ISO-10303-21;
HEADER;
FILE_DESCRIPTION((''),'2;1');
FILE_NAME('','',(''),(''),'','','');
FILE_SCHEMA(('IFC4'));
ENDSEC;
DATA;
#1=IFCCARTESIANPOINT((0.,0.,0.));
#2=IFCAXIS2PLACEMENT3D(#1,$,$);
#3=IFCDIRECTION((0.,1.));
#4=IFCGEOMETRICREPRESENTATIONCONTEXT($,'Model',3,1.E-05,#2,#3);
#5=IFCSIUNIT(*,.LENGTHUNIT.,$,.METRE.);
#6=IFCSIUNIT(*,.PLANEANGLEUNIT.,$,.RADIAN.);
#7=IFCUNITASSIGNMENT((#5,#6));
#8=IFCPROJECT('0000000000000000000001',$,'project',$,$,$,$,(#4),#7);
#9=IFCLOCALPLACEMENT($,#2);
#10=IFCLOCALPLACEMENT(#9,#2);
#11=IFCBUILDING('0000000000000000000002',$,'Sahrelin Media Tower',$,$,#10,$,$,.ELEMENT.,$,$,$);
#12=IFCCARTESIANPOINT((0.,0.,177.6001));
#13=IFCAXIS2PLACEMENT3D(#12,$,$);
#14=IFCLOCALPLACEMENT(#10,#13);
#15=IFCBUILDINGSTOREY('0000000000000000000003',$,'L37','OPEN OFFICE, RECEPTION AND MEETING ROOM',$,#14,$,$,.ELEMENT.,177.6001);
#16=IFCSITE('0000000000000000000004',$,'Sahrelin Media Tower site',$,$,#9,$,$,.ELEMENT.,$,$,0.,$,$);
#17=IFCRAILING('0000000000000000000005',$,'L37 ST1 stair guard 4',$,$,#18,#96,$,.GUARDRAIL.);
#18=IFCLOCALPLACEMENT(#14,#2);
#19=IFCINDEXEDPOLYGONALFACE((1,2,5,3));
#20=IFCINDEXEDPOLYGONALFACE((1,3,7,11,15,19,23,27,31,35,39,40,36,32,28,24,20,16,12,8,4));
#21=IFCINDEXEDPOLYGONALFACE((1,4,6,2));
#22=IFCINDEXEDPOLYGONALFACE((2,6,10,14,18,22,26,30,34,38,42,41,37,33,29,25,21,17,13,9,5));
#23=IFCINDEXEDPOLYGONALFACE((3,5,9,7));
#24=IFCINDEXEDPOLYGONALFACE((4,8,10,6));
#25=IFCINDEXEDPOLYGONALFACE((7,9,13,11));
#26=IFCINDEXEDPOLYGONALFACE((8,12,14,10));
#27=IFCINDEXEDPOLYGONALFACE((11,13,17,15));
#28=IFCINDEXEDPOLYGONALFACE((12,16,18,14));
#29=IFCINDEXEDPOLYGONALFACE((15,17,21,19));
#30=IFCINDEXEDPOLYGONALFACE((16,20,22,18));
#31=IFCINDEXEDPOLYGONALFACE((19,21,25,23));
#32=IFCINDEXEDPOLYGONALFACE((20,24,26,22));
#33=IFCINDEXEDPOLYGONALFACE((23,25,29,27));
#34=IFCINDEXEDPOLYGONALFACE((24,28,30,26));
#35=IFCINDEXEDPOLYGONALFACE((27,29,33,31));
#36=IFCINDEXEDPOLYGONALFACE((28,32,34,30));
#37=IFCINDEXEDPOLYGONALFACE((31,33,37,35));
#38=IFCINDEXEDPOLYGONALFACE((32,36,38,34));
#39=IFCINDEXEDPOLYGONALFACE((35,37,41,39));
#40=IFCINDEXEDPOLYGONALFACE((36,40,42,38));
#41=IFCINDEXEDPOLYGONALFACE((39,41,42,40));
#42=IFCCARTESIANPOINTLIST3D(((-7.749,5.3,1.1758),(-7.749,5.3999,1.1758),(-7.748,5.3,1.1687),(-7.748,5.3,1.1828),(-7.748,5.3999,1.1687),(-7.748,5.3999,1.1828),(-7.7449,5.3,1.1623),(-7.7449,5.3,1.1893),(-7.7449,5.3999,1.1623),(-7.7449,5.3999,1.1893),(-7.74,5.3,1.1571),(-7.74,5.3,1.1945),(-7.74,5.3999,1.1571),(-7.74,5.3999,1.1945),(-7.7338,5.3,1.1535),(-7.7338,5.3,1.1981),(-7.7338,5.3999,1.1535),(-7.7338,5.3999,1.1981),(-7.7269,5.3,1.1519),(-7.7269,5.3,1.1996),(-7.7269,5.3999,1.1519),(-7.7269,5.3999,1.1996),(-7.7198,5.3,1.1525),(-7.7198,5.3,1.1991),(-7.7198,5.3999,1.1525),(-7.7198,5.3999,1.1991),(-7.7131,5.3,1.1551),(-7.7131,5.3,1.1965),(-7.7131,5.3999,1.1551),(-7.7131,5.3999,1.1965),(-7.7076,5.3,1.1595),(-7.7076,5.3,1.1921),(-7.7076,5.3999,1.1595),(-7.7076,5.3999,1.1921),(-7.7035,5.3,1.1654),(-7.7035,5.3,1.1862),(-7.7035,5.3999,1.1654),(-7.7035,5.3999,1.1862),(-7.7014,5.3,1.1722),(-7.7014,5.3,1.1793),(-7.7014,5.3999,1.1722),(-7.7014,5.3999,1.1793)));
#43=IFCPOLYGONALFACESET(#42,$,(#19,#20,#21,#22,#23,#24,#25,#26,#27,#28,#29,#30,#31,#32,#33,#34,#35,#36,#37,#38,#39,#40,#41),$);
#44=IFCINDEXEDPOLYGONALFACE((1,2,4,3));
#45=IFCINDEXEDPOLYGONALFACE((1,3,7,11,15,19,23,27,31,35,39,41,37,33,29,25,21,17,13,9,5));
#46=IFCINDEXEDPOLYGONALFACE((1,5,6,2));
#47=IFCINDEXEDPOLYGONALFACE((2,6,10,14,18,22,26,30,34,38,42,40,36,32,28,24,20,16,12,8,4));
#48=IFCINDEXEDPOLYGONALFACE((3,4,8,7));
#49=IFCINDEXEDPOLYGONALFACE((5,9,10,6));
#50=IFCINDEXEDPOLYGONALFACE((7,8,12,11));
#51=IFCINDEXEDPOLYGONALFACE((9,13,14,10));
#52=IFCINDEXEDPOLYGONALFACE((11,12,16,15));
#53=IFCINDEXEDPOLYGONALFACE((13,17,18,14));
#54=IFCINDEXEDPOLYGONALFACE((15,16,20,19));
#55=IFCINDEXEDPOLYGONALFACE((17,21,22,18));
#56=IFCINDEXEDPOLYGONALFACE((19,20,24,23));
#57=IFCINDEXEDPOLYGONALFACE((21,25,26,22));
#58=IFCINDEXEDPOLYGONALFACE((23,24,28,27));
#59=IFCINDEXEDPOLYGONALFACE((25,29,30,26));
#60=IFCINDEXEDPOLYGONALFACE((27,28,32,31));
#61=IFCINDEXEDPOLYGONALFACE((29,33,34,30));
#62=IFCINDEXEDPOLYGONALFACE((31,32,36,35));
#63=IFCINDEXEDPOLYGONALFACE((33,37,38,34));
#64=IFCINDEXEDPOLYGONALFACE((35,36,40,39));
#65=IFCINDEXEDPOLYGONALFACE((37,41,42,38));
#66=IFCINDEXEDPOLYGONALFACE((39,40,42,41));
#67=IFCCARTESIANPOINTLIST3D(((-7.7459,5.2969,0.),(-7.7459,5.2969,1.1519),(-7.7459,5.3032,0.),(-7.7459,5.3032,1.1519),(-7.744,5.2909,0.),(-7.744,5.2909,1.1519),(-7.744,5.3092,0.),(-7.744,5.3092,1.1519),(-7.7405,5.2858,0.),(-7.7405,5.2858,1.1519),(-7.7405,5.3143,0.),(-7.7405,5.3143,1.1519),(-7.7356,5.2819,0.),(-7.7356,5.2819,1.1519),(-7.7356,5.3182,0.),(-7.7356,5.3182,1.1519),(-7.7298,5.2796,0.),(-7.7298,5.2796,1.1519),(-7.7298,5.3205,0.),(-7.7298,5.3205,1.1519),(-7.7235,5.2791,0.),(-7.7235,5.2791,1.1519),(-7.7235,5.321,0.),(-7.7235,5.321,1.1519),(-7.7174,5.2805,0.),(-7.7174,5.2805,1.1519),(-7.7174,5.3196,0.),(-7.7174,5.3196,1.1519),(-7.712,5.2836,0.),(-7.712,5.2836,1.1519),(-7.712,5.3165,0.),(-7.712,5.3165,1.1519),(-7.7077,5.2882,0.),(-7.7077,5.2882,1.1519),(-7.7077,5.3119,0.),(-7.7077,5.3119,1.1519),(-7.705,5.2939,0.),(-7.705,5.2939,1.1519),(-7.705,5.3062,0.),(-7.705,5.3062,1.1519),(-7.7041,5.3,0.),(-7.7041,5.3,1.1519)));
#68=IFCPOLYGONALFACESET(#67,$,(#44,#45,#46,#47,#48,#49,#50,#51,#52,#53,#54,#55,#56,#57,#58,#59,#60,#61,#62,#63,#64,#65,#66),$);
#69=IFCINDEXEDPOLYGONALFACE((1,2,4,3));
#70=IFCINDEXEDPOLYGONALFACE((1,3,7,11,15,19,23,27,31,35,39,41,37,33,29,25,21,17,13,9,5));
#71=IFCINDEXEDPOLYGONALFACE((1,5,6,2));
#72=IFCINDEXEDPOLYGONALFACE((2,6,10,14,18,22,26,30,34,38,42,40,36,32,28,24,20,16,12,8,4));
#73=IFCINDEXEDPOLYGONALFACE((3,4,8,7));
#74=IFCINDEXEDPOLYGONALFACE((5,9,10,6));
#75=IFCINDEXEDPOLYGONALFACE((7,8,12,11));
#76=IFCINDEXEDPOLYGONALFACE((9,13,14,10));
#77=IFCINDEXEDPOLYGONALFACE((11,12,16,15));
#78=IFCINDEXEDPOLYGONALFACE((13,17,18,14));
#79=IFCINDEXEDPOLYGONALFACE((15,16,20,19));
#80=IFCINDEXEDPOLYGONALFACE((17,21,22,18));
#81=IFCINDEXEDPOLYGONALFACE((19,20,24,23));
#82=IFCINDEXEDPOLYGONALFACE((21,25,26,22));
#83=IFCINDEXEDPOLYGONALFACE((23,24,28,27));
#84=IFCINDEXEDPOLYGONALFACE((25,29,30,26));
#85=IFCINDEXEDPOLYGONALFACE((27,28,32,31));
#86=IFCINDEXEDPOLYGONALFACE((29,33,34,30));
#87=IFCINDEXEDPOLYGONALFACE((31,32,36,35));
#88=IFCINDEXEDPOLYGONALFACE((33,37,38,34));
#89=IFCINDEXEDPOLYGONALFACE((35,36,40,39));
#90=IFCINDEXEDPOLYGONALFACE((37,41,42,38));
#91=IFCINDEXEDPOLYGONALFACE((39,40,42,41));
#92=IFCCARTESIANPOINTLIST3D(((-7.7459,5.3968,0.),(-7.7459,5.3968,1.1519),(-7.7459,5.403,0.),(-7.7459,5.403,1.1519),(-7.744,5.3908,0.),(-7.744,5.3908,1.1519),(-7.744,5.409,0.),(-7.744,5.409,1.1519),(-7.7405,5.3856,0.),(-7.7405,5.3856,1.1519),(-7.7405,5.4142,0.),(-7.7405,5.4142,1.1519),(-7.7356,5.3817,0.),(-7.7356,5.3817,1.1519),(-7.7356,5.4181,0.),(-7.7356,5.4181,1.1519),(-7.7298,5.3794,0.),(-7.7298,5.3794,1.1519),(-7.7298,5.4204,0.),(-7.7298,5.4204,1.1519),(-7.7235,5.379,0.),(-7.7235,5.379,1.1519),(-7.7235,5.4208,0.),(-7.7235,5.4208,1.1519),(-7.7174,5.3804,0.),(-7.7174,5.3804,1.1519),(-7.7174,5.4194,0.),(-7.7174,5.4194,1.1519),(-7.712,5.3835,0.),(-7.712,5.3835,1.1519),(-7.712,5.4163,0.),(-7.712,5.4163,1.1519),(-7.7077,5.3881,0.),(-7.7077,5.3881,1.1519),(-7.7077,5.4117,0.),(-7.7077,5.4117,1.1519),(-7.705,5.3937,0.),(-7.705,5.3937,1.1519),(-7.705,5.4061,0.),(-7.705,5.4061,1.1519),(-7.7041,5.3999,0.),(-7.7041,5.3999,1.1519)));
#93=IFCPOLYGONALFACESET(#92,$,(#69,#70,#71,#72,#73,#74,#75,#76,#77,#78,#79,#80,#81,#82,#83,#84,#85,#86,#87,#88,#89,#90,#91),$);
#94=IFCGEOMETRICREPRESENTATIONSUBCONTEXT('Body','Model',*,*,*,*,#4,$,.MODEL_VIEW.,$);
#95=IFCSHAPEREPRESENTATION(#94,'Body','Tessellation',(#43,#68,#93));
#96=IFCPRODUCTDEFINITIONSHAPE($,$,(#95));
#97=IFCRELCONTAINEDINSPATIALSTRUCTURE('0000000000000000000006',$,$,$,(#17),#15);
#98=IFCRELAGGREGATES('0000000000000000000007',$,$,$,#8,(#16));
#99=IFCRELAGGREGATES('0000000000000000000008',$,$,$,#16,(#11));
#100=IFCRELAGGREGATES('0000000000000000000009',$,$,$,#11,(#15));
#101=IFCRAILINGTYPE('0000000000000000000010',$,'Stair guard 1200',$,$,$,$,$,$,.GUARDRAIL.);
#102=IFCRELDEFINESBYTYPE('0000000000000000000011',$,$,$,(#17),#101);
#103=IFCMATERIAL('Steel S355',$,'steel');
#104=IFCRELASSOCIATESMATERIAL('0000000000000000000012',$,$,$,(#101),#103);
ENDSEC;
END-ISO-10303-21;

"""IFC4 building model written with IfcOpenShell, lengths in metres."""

from ifc_helpers import new_model, si_unit, direction, frame, origin, origin_2d, place, context, subcontext, project, spatial, circle, extrude, material, type_object, element, save


model = new_model("IFC4")

# Units and contexts
model_context = context("Model", 3, precision=1e-05, world=origin(), true_north=direction((0.0, 1.0)))
body_context = subcontext(model_context, "Body", "Model", "MODEL_VIEW")
ifc_project = project(units=[si_unit("LENGTHUNIT", "METRE"), si_unit("PLANEANGLEUNIT", "RADIAN")], contexts=[model_context])

# Site, building, storey
site_placement = place(None, origin())
site = spatial("IfcSite", under=ifc_project, at=site_placement, Name="Sahrelin Media Tower site", CompositionType="ELEMENT", RefElevation=0.0)
building_placement = place(site_placement, origin())
building = spatial("IfcBuilding", under=site, at=building_placement, Name="Sahrelin Media Tower", CompositionType="ELEMENT")
storey_placement = place(building_placement, frame((0.0, 0.0, 177.6001)))
storey = spatial("IfcBuildingStorey", under=building, at=storey_placement, Name="L37", Description="OPEN OFFICE, RECEPTION AND MEETING ROOM", CompositionType="ELEMENT", Elevation=177.6001)

# Shared definitions
ifc_material_1 = material(Name="Steel S355", Category="steel")

# Railing
railing_type_1 = type_object("IfcRailingType", Name="Stair guard 1200", PredefinedType="GUARDRAIL", material=ifc_material_1)
railing_1_placement = place(storey_placement, frame((-7.7251, 5.3, 0.0)))
element("IfcRailing", 1, at=railing_1_placement, inside=storey, type_object=railing_type_1, Name="L37 ST1 stair guard 4", PredefinedType="GUARDRAIL", context=body_context, shape_type="SweptSolid", body=[
    extrude(circle(Radius=0.0239, at=origin_2d()), frame((0.0, 0.0, 1.1758), z_axis=(0.0, 1.0, 0.0), x_axis=(-1.0, 0.0, 0.0)), (0.0, 0.0, 1.0), 0.0999),
    extrude(circle(Radius=0.021, at=origin_2d()), origin(), (0.0, 0.0, 1.0), 1.1519),
    extrude(circle(Radius=0.021, at=origin_2d()), frame((0.0, 0.0999, 0.0)), (0.0, 0.0, 1.0), 1.1519),
])

save(model, "model.ifc")
